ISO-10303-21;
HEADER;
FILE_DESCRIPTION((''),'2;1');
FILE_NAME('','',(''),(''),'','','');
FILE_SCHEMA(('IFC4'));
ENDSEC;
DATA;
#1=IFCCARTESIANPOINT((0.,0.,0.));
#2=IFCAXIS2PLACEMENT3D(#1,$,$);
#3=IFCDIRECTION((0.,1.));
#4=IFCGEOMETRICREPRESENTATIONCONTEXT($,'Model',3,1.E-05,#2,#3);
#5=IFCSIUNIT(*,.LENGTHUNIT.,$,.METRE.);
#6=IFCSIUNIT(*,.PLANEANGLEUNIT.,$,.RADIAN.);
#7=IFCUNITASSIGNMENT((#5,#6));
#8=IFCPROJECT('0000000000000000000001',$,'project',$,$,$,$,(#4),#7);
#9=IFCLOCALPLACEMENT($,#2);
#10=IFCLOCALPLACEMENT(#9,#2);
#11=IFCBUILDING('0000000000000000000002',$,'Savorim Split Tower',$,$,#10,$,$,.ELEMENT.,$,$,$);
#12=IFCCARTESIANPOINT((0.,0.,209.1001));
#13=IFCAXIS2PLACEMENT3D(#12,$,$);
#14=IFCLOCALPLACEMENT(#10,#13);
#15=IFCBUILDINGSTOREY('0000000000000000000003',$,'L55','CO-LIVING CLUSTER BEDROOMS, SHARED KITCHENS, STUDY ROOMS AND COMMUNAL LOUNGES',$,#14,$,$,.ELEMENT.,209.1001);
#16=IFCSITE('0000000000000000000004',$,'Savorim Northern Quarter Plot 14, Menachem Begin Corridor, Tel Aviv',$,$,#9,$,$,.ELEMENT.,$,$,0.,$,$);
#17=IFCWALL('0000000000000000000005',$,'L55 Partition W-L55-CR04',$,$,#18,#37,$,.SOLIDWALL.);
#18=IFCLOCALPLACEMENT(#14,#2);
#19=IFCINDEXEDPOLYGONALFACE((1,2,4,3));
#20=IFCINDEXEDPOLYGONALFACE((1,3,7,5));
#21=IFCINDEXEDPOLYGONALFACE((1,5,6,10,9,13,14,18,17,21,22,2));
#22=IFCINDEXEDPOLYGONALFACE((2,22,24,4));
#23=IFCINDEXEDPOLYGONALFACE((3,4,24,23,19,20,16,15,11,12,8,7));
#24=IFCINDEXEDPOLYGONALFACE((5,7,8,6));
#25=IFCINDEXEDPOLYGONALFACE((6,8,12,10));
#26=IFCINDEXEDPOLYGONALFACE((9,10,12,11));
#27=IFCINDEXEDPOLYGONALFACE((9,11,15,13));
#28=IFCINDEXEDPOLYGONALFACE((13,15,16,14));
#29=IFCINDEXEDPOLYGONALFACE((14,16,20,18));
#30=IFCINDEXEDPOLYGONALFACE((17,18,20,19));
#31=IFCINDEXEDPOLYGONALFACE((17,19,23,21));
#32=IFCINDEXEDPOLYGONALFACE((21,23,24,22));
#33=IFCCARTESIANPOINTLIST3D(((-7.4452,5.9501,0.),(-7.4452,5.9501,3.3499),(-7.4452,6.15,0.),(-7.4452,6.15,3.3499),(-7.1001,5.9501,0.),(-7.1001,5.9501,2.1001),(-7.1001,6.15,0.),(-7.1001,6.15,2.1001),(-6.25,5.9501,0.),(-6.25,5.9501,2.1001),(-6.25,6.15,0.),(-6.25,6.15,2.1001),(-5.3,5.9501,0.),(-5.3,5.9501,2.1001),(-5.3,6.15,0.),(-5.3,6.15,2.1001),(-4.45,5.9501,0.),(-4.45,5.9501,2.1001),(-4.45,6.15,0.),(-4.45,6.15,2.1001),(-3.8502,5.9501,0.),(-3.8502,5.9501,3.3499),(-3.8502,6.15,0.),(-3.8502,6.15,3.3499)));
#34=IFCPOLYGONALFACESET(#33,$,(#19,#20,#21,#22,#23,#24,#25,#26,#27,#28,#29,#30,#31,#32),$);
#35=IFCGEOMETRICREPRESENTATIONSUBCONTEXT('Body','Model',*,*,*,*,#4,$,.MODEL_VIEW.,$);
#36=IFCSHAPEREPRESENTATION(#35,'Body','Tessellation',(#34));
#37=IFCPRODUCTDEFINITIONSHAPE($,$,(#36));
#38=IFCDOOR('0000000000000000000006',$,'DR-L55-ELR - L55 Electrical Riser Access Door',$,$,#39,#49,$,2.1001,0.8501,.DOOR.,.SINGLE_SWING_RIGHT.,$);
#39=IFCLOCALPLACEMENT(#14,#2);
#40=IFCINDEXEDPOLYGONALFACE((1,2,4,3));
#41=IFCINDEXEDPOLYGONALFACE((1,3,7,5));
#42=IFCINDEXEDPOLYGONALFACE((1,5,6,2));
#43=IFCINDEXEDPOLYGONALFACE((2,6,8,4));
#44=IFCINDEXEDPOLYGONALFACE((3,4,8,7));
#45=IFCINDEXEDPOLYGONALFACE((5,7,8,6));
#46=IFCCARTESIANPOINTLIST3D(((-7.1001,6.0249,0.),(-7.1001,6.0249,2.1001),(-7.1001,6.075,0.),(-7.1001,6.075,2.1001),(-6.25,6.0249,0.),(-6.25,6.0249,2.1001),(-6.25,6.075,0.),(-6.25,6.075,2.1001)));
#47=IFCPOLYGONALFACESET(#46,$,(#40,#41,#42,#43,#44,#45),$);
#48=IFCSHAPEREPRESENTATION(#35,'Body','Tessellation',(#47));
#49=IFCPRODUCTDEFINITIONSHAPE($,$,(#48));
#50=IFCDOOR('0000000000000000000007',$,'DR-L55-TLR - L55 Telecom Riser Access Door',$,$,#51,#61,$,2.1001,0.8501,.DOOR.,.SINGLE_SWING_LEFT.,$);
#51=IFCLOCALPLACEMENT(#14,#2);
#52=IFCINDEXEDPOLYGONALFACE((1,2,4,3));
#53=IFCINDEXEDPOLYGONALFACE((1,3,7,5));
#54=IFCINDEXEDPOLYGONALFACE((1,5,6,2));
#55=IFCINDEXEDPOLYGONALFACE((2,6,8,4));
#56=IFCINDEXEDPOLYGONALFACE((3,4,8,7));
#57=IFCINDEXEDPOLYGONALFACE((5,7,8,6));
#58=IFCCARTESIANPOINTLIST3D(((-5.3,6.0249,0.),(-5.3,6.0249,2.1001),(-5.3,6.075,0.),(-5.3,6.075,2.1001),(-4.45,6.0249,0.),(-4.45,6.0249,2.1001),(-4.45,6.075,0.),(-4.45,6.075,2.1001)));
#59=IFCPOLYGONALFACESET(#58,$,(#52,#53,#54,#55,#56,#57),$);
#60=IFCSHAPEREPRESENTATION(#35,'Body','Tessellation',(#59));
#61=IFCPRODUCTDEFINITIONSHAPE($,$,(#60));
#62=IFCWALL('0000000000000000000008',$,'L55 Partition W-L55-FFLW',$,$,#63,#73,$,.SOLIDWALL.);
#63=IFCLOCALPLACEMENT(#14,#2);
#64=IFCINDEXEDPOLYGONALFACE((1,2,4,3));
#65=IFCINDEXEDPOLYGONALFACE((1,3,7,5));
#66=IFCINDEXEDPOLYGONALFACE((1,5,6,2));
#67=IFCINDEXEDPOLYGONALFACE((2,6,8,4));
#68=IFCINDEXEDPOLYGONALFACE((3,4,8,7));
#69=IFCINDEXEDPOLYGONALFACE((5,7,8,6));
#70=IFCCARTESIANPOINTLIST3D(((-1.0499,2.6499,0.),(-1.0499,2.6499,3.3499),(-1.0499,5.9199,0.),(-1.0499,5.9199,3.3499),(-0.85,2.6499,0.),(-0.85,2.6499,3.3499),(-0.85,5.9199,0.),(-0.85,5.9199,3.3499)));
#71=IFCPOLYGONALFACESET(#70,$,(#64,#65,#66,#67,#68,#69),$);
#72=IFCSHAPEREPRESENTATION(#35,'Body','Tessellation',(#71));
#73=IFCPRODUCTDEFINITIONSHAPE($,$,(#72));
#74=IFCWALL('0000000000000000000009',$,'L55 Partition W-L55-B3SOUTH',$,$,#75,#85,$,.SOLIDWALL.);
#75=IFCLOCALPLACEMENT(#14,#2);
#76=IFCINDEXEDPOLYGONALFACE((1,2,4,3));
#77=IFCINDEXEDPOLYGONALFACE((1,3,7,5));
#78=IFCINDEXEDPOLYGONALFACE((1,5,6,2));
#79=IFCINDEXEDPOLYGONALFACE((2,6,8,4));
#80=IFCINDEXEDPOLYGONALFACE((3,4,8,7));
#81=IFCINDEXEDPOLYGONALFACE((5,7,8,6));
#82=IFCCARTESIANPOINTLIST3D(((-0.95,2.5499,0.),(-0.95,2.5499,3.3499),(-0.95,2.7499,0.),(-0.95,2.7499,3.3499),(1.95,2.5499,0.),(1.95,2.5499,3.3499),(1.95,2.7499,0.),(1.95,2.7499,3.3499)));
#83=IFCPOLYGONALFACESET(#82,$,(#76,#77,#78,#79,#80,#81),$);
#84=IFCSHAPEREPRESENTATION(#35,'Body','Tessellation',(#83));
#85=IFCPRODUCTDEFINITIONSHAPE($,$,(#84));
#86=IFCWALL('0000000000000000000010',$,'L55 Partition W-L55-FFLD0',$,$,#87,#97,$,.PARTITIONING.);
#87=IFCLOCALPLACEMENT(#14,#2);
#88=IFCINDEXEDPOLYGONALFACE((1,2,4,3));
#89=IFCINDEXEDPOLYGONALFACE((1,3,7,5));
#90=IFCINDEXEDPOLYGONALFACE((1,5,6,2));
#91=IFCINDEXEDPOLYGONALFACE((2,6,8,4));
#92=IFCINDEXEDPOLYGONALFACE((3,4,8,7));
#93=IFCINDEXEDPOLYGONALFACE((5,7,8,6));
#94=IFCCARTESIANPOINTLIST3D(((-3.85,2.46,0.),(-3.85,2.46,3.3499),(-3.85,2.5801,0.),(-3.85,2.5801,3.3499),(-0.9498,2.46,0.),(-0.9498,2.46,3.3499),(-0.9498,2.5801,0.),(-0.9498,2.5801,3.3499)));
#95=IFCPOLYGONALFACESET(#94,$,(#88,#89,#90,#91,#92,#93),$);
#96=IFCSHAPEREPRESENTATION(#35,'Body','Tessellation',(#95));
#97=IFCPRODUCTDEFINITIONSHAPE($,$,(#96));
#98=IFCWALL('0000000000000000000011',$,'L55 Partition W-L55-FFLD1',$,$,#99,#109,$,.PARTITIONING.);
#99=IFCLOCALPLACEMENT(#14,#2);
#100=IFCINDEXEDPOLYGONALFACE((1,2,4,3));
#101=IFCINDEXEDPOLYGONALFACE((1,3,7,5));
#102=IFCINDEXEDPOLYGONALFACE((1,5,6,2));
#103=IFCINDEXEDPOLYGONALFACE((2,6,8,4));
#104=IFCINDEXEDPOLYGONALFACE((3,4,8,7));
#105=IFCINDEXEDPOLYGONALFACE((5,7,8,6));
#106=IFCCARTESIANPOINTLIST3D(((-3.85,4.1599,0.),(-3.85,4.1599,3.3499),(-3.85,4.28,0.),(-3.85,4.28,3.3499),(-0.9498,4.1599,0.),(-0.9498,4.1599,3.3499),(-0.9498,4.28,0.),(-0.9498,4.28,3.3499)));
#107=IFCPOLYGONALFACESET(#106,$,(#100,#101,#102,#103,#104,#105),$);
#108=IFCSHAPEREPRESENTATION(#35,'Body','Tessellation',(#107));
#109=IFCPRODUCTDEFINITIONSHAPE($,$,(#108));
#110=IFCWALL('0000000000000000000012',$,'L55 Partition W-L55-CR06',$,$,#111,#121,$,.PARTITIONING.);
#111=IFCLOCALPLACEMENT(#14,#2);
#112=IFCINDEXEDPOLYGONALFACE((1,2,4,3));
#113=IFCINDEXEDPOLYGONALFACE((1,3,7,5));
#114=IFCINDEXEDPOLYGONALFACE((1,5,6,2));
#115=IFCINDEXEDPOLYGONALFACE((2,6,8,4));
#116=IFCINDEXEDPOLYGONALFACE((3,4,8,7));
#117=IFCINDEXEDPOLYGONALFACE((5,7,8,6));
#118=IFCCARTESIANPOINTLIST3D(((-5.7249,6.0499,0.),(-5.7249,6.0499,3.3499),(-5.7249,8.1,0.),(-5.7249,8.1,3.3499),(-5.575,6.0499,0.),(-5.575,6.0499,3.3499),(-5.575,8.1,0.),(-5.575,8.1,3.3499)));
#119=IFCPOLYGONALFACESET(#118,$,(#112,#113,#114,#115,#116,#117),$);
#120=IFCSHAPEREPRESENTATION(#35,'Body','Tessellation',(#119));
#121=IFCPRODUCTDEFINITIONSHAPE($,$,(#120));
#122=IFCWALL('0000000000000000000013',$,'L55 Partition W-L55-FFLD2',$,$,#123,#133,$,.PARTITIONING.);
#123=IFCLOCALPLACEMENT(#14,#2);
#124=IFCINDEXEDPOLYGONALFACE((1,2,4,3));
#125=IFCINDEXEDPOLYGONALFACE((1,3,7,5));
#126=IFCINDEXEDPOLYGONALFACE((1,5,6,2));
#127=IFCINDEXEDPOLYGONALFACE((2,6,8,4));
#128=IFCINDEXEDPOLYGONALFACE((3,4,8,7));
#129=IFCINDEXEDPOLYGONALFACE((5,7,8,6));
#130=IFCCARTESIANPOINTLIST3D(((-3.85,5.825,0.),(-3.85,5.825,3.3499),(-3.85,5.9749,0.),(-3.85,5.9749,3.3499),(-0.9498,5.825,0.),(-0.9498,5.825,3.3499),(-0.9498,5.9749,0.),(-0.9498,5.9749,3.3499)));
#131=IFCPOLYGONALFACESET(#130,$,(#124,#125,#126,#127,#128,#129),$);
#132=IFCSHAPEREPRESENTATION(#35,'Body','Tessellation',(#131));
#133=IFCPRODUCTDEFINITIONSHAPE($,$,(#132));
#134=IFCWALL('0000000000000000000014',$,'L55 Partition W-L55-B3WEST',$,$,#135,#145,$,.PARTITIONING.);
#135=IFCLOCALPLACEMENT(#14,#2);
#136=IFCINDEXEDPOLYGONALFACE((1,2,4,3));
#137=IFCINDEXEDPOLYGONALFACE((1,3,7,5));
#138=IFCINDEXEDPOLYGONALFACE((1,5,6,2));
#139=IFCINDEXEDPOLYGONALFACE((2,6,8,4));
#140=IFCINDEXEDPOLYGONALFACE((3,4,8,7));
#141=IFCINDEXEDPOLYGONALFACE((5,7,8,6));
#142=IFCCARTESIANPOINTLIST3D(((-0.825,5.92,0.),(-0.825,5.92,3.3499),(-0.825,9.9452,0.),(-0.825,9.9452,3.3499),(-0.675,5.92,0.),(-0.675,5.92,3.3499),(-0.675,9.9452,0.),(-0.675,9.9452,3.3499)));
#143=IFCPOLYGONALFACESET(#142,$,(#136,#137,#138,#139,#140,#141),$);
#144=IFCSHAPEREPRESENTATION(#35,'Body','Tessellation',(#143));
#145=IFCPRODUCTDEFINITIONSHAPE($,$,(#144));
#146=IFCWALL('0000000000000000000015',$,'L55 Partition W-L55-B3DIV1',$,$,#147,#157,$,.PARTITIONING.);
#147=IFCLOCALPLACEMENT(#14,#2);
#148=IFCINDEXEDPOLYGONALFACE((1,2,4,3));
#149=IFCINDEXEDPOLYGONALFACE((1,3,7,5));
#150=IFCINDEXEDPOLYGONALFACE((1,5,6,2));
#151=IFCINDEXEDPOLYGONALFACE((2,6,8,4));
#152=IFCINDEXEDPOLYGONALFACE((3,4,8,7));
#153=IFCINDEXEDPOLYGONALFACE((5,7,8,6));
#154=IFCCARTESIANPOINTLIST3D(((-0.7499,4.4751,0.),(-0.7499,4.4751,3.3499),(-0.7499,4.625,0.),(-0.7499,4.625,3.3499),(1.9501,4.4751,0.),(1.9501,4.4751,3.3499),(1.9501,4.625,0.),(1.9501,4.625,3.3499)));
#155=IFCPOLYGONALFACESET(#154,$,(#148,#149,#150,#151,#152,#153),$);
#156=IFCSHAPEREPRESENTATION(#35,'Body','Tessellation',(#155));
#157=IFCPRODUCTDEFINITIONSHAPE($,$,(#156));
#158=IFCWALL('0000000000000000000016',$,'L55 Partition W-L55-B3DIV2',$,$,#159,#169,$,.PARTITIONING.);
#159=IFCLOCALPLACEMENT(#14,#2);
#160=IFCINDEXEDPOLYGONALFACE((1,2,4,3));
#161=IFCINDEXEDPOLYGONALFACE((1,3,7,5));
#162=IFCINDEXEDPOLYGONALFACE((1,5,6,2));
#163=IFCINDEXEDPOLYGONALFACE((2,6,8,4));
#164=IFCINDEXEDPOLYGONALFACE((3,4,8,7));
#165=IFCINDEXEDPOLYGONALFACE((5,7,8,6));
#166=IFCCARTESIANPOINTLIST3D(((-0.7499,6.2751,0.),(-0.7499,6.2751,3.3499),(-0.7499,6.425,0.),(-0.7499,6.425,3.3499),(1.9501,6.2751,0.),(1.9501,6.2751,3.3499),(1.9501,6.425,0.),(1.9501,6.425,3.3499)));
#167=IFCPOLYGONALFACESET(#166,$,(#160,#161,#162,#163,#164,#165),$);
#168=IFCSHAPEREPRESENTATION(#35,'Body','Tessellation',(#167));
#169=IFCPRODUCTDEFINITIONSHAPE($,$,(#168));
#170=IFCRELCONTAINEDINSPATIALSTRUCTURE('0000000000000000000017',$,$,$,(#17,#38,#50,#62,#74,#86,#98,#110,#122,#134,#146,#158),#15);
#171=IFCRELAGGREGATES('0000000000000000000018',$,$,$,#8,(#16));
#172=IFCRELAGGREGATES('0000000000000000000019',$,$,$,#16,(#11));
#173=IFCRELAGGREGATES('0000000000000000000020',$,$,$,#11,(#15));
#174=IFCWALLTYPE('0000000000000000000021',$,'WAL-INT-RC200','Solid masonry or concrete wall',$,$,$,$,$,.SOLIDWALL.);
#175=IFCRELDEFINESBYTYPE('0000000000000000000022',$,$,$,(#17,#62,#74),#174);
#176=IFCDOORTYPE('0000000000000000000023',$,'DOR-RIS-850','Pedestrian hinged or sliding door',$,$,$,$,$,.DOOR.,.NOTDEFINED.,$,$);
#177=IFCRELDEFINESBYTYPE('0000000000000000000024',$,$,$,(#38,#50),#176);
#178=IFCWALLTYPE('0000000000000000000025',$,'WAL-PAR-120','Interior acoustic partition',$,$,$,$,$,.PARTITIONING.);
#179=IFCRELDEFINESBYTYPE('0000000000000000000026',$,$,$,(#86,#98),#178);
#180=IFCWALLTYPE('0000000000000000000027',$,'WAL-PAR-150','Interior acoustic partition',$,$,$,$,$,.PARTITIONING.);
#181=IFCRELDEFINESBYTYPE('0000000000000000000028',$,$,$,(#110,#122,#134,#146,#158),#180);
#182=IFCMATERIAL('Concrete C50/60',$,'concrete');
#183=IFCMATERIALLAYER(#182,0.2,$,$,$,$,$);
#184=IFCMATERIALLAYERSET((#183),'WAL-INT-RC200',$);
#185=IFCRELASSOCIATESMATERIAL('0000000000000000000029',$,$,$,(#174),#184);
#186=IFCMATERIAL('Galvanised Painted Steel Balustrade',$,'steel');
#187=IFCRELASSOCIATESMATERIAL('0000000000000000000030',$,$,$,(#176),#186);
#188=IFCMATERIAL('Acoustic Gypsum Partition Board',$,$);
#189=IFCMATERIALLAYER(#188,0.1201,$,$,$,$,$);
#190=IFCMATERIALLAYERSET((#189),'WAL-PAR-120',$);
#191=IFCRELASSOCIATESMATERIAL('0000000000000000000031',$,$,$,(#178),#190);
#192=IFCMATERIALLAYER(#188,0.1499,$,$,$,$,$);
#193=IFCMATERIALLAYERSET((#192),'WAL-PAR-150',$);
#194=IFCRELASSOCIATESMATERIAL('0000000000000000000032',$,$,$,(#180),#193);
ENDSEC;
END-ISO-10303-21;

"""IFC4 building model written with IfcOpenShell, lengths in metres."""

from ifc_helpers import new_model, si_unit, direction, frame, frame_2d, origin, place, context, subcontext, project, spatial, rectangle, extrude, material, layer, layer_set, type_object, element, fill, save


model = new_model("IFC4")

# Units and contexts
model_context = context("Model", 3, precision=1e-05, world=origin(), true_north=direction((0.0, 1.0)))
body_context = subcontext(model_context, "Body", "Model", "MODEL_VIEW")
ifc_project = project(units=[si_unit("LENGTHUNIT", "METRE"), si_unit("PLANEANGLEUNIT", "RADIAN")], contexts=[model_context])

# Site, building, storey
site_placement = place(None, origin())
site = spatial("IfcSite", under=ifc_project, at=site_placement, Name="Savorim Northern Quarter Plot 14, Menachem Begin Corridor, Tel Aviv", CompositionType="ELEMENT", RefElevation=0.0)
building_placement = place(site_placement, origin())
building = spatial("IfcBuilding", under=site, at=building_placement, Name="Savorim Split Tower", CompositionType="ELEMENT")
storey_placement = place(building_placement, frame((0.0, 0.0, 209.1001)))
storey = spatial("IfcBuildingStorey", under=building, at=storey_placement, Name="L55", Description="CO-LIVING CLUSTER BEDROOMS, SHARED KITCHENS, STUDY ROOMS AND COMMUNAL LOUNGES", CompositionType="ELEMENT", Elevation=209.1001)

# Wall, openings, doors
ifc_material_1 = material(Name="Concrete C50/60", Category="concrete")
ifc_layer_1 = layer(ifc_material_1, 0.2)
ifc_layer_set_1 = layer_set([ifc_layer_1], Name="WAL-INT-RC200")
wall_type_1 = type_object("IfcWallType", Name="WAL-INT-RC200", Description="Solid masonry or concrete wall", PredefinedType="SOLIDWALL", material=ifc_layer_set_1)
wall_1_placement = place(storey_placement, frame((-7.4451, 6.05, 0.0), z_axis=(0.0, 0.0, 1.0), x_axis=(1.0, 0.0, 0.0)))
wall_1 = element("IfcWall", 1, at=wall_1_placement, inside=storey, type_object=wall_type_1, Name="L55 Partition W-L55-CR04", PredefinedType="SOLIDWALL", context=body_context, shape_type="SweptSolid", body=[
    extrude(rectangle(XDim=3.595, YDim=0.2, at=frame_2d((1.7974, 0.0))), origin(), (0.0, 0.0, 1.0), 3.3499),
])
opening_1_placement = place(wall_1_placement, frame((0.345, 0.0, 0.0)))
opening_1 = element("IfcOpeningElement", 2, at=opening_1_placement, cuts=wall_1, PredefinedType="OPENING", context=body_context, shape_type="SweptSolid", body=[
    extrude(rectangle(XDim=0.8501, YDim=2.1001, at=frame_2d((0.425, 1.05))), frame((0.0, 0.1099, 0.0), z_axis=(0.0, -1.0, 0.0), x_axis=(1.0, 0.0, 0.0)), (0.0, 0.0, 1.0), 0.22),
])
opening_2_placement = place(wall_1_placement, frame((2.145, 0.0, 0.0)))
opening_2 = element("IfcOpeningElement", 3, at=opening_2_placement, cuts=wall_1, PredefinedType="OPENING", context=body_context, shape_type="SweptSolid", body=[
    extrude(rectangle(XDim=0.8501, YDim=2.1001, at=frame_2d((0.425, 1.05))), frame((0.0, 0.1099, 0.0), z_axis=(0.0, -1.0, 0.0), x_axis=(1.0, 0.0, 0.0)), (0.0, 0.0, 1.0), 0.22),
])
ifc_material_2 = material(Name="Galvanised Painted Steel Balustrade", Category="steel")
door_type = type_object("IfcDoorType", Name="DOR-RIS-850", Description="Pedestrian hinged or sliding door", OperationType="NOTDEFINED", PredefinedType="DOOR", material=ifc_material_2)
door_1_placement = place(opening_1_placement, origin())
door_1 = element("IfcDoor", 4, at=door_1_placement, inside=storey, type_object=door_type, Name="DR-L55-ELR - L55 Electrical Riser Access Door", OperationType="SINGLE_SWING_RIGHT", OverallHeight=2.1001, OverallWidth=0.8501, PredefinedType="DOOR", context=body_context, shape_type="SweptSolid", body=[
    extrude(rectangle(XDim=0.8501, YDim=2.1001, at=frame_2d((0.425, 1.05))), frame((0.0, 0.0249, 0.0), z_axis=(0.0, -1.0, 0.0), x_axis=(1.0, 0.0, 0.0)), (0.0, 0.0, 1.0), 0.05),
])
fill(opening_1, door_1)
door_2_placement = place(opening_2_placement, origin())
door_2 = element("IfcDoor", 5, at=door_2_placement, inside=storey, type_object=door_type, Name="DR-L55-TLR - L55 Telecom Riser Access Door", OperationType="SINGLE_SWING_LEFT", OverallHeight=2.1001, OverallWidth=0.8501, PredefinedType="DOOR", context=body_context, shape_type="SweptSolid", body=[
    extrude(rectangle(XDim=0.8501, YDim=2.1001, at=frame_2d((0.425, 1.05))), frame((0.0, 0.0249, 0.0), z_axis=(0.0, -1.0, 0.0), x_axis=(1.0, 0.0, 0.0)), (0.0, 0.0, 1.0), 0.05),
])
fill(opening_2, door_2)

# Walls
wall_2_placement = place(storey_placement, frame((-0.95, 2.6499, 0.0), z_axis=(0.0, 0.0, 1.0), x_axis=(0.0, 1.0, 0.0)))
element("IfcWall", 6, at=wall_2_placement, inside=storey, type_object=wall_type_1, Name="L55 Partition W-L55-FFLW", PredefinedType="SOLIDWALL", context=body_context, shape_type="SweptSolid", body=[
    extrude(rectangle(XDim=3.27, YDim=0.2, at=frame_2d((1.635, 0.0))), origin(), (0.0, 0.0, 1.0), 3.3499),
])
wall_3_placement = place(storey_placement, frame((-0.95, 2.6499, 0.0), z_axis=(0.0, 0.0, 1.0), x_axis=(1.0, 0.0, 0.0)))
element("IfcWall", 7, at=wall_3_placement, inside=storey, type_object=wall_type_1, Name="L55 Partition W-L55-B3SOUTH", PredefinedType="SOLIDWALL", context=body_context, shape_type="SweptSolid", body=[
    extrude(rectangle(XDim=2.8999, YDim=0.2, at=frame_2d((1.45, 0.0))), origin(), (0.0, 0.0, 1.0), 3.3499),
])
ifc_material_3 = material(Name="Acoustic Gypsum Partition Board")
ifc_layer_2 = layer(ifc_material_3, 0.1201)
ifc_layer_set_2 = layer_set([ifc_layer_2], Name="WAL-PAR-120")
wall_type_2 = type_object("IfcWallType", Name="WAL-PAR-120", Description="Interior acoustic partition", PredefinedType="PARTITIONING", material=ifc_layer_set_2)
for number, where, z_axis, x_axis, name in (
    (8, (-3.8501, 2.52, 0.0), (0.0, 0.0, 1.0), (1.0, 0.0, 0.0), "L55 Partition W-L55-FFLD0"),
    (9, (-3.8501, 4.22, 0.0), (0.0, 0.0, 1.0), (1.0, 0.0, 0.0), "L55 Partition W-L55-FFLD1"),
):
    element("IfcWall", number, at=place(storey_placement, frame(where, z_axis=z_axis, x_axis=x_axis)), inside=storey, type_object=wall_type_2, Name=name, PredefinedType="PARTITIONING", context=body_context, shape_type="SweptSolid", body=[
        extrude(rectangle(XDim=2.9001, YDim=0.1201, at=frame_2d((1.4502, 0.0))), origin(), (0.0, 0.0, 1.0), 3.3499),
    ])
ifc_layer_3 = layer(ifc_material_3, 0.1499)
ifc_layer_set_3 = layer_set([ifc_layer_3], Name="WAL-PAR-150")
wall_type_3 = type_object("IfcWallType", Name="WAL-PAR-150", Description="Interior acoustic partition", PredefinedType="PARTITIONING", material=ifc_layer_set_3)
wall_4_placement = place(storey_placement, frame((-5.6499, 6.05, 0.0), z_axis=(0.0, 0.0, 1.0), x_axis=(0.0, 1.0, 0.0)))
element("IfcWall", 10, at=wall_4_placement, inside=storey, type_object=wall_type_3, Name="L55 Partition W-L55-CR06", PredefinedType="PARTITIONING", context=body_context, shape_type="SweptSolid", body=[
    extrude(rectangle(XDim=2.05, YDim=0.1499, at=frame_2d((1.0249, 0.0))), origin(), (0.0, 0.0, 1.0), 3.3499),
])
wall_5_placement = place(storey_placement, frame((-3.8501, 5.8999, 0.0), z_axis=(0.0, 0.0, 1.0), x_axis=(1.0, 0.0, 0.0)))
element("IfcWall", 11, at=wall_5_placement, inside=storey, type_object=wall_type_3, Name="L55 Partition W-L55-FFLD2", PredefinedType="PARTITIONING", context=body_context, shape_type="SweptSolid", body=[
    extrude(rectangle(XDim=2.9001, YDim=0.1499, at=frame_2d((1.4502, 0.0))), origin(), (0.0, 0.0, 1.0), 3.3499),
])
wall_6_placement = place(storey_placement, frame((-0.75, 5.9199, 0.0), z_axis=(0.0, 0.0, 1.0), x_axis=(0.0, 1.0, 0.0)))
element("IfcWall", 12, at=wall_6_placement, inside=storey, type_object=wall_type_3, Name="L55 Partition W-L55-B3WEST", PredefinedType="PARTITIONING", context=body_context, shape_type="SweptSolid", body=[
    extrude(rectangle(XDim=4.0251, YDim=0.1499, at=frame_2d((2.0127, 0.0))), origin(), (0.0, 0.0, 1.0), 3.3499),
])
for number, where, z_axis, x_axis, name in (
    (13, (-0.75, 4.55, 0.0), (0.0, 0.0, 1.0), (1.0, 0.0, 0.0), "L55 Partition W-L55-B3DIV1"),
    (14, (-0.75, 6.3501, 0.0), (0.0, 0.0, 1.0), (1.0, 0.0, 0.0), "L55 Partition W-L55-B3DIV2"),
):
    element("IfcWall", number, at=place(storey_placement, frame(where, z_axis=z_axis, x_axis=x_axis)), inside=storey, type_object=wall_type_3, Name=name, PredefinedType="PARTITIONING", context=body_context, shape_type="SweptSolid", body=[
        extrude(rectangle(XDim=2.7, YDim=0.1499, at=frame_2d((1.3501, 0.0))), origin(), (0.0, 0.0, 1.0), 3.3499),
    ])

save(model, "model.ifc")
